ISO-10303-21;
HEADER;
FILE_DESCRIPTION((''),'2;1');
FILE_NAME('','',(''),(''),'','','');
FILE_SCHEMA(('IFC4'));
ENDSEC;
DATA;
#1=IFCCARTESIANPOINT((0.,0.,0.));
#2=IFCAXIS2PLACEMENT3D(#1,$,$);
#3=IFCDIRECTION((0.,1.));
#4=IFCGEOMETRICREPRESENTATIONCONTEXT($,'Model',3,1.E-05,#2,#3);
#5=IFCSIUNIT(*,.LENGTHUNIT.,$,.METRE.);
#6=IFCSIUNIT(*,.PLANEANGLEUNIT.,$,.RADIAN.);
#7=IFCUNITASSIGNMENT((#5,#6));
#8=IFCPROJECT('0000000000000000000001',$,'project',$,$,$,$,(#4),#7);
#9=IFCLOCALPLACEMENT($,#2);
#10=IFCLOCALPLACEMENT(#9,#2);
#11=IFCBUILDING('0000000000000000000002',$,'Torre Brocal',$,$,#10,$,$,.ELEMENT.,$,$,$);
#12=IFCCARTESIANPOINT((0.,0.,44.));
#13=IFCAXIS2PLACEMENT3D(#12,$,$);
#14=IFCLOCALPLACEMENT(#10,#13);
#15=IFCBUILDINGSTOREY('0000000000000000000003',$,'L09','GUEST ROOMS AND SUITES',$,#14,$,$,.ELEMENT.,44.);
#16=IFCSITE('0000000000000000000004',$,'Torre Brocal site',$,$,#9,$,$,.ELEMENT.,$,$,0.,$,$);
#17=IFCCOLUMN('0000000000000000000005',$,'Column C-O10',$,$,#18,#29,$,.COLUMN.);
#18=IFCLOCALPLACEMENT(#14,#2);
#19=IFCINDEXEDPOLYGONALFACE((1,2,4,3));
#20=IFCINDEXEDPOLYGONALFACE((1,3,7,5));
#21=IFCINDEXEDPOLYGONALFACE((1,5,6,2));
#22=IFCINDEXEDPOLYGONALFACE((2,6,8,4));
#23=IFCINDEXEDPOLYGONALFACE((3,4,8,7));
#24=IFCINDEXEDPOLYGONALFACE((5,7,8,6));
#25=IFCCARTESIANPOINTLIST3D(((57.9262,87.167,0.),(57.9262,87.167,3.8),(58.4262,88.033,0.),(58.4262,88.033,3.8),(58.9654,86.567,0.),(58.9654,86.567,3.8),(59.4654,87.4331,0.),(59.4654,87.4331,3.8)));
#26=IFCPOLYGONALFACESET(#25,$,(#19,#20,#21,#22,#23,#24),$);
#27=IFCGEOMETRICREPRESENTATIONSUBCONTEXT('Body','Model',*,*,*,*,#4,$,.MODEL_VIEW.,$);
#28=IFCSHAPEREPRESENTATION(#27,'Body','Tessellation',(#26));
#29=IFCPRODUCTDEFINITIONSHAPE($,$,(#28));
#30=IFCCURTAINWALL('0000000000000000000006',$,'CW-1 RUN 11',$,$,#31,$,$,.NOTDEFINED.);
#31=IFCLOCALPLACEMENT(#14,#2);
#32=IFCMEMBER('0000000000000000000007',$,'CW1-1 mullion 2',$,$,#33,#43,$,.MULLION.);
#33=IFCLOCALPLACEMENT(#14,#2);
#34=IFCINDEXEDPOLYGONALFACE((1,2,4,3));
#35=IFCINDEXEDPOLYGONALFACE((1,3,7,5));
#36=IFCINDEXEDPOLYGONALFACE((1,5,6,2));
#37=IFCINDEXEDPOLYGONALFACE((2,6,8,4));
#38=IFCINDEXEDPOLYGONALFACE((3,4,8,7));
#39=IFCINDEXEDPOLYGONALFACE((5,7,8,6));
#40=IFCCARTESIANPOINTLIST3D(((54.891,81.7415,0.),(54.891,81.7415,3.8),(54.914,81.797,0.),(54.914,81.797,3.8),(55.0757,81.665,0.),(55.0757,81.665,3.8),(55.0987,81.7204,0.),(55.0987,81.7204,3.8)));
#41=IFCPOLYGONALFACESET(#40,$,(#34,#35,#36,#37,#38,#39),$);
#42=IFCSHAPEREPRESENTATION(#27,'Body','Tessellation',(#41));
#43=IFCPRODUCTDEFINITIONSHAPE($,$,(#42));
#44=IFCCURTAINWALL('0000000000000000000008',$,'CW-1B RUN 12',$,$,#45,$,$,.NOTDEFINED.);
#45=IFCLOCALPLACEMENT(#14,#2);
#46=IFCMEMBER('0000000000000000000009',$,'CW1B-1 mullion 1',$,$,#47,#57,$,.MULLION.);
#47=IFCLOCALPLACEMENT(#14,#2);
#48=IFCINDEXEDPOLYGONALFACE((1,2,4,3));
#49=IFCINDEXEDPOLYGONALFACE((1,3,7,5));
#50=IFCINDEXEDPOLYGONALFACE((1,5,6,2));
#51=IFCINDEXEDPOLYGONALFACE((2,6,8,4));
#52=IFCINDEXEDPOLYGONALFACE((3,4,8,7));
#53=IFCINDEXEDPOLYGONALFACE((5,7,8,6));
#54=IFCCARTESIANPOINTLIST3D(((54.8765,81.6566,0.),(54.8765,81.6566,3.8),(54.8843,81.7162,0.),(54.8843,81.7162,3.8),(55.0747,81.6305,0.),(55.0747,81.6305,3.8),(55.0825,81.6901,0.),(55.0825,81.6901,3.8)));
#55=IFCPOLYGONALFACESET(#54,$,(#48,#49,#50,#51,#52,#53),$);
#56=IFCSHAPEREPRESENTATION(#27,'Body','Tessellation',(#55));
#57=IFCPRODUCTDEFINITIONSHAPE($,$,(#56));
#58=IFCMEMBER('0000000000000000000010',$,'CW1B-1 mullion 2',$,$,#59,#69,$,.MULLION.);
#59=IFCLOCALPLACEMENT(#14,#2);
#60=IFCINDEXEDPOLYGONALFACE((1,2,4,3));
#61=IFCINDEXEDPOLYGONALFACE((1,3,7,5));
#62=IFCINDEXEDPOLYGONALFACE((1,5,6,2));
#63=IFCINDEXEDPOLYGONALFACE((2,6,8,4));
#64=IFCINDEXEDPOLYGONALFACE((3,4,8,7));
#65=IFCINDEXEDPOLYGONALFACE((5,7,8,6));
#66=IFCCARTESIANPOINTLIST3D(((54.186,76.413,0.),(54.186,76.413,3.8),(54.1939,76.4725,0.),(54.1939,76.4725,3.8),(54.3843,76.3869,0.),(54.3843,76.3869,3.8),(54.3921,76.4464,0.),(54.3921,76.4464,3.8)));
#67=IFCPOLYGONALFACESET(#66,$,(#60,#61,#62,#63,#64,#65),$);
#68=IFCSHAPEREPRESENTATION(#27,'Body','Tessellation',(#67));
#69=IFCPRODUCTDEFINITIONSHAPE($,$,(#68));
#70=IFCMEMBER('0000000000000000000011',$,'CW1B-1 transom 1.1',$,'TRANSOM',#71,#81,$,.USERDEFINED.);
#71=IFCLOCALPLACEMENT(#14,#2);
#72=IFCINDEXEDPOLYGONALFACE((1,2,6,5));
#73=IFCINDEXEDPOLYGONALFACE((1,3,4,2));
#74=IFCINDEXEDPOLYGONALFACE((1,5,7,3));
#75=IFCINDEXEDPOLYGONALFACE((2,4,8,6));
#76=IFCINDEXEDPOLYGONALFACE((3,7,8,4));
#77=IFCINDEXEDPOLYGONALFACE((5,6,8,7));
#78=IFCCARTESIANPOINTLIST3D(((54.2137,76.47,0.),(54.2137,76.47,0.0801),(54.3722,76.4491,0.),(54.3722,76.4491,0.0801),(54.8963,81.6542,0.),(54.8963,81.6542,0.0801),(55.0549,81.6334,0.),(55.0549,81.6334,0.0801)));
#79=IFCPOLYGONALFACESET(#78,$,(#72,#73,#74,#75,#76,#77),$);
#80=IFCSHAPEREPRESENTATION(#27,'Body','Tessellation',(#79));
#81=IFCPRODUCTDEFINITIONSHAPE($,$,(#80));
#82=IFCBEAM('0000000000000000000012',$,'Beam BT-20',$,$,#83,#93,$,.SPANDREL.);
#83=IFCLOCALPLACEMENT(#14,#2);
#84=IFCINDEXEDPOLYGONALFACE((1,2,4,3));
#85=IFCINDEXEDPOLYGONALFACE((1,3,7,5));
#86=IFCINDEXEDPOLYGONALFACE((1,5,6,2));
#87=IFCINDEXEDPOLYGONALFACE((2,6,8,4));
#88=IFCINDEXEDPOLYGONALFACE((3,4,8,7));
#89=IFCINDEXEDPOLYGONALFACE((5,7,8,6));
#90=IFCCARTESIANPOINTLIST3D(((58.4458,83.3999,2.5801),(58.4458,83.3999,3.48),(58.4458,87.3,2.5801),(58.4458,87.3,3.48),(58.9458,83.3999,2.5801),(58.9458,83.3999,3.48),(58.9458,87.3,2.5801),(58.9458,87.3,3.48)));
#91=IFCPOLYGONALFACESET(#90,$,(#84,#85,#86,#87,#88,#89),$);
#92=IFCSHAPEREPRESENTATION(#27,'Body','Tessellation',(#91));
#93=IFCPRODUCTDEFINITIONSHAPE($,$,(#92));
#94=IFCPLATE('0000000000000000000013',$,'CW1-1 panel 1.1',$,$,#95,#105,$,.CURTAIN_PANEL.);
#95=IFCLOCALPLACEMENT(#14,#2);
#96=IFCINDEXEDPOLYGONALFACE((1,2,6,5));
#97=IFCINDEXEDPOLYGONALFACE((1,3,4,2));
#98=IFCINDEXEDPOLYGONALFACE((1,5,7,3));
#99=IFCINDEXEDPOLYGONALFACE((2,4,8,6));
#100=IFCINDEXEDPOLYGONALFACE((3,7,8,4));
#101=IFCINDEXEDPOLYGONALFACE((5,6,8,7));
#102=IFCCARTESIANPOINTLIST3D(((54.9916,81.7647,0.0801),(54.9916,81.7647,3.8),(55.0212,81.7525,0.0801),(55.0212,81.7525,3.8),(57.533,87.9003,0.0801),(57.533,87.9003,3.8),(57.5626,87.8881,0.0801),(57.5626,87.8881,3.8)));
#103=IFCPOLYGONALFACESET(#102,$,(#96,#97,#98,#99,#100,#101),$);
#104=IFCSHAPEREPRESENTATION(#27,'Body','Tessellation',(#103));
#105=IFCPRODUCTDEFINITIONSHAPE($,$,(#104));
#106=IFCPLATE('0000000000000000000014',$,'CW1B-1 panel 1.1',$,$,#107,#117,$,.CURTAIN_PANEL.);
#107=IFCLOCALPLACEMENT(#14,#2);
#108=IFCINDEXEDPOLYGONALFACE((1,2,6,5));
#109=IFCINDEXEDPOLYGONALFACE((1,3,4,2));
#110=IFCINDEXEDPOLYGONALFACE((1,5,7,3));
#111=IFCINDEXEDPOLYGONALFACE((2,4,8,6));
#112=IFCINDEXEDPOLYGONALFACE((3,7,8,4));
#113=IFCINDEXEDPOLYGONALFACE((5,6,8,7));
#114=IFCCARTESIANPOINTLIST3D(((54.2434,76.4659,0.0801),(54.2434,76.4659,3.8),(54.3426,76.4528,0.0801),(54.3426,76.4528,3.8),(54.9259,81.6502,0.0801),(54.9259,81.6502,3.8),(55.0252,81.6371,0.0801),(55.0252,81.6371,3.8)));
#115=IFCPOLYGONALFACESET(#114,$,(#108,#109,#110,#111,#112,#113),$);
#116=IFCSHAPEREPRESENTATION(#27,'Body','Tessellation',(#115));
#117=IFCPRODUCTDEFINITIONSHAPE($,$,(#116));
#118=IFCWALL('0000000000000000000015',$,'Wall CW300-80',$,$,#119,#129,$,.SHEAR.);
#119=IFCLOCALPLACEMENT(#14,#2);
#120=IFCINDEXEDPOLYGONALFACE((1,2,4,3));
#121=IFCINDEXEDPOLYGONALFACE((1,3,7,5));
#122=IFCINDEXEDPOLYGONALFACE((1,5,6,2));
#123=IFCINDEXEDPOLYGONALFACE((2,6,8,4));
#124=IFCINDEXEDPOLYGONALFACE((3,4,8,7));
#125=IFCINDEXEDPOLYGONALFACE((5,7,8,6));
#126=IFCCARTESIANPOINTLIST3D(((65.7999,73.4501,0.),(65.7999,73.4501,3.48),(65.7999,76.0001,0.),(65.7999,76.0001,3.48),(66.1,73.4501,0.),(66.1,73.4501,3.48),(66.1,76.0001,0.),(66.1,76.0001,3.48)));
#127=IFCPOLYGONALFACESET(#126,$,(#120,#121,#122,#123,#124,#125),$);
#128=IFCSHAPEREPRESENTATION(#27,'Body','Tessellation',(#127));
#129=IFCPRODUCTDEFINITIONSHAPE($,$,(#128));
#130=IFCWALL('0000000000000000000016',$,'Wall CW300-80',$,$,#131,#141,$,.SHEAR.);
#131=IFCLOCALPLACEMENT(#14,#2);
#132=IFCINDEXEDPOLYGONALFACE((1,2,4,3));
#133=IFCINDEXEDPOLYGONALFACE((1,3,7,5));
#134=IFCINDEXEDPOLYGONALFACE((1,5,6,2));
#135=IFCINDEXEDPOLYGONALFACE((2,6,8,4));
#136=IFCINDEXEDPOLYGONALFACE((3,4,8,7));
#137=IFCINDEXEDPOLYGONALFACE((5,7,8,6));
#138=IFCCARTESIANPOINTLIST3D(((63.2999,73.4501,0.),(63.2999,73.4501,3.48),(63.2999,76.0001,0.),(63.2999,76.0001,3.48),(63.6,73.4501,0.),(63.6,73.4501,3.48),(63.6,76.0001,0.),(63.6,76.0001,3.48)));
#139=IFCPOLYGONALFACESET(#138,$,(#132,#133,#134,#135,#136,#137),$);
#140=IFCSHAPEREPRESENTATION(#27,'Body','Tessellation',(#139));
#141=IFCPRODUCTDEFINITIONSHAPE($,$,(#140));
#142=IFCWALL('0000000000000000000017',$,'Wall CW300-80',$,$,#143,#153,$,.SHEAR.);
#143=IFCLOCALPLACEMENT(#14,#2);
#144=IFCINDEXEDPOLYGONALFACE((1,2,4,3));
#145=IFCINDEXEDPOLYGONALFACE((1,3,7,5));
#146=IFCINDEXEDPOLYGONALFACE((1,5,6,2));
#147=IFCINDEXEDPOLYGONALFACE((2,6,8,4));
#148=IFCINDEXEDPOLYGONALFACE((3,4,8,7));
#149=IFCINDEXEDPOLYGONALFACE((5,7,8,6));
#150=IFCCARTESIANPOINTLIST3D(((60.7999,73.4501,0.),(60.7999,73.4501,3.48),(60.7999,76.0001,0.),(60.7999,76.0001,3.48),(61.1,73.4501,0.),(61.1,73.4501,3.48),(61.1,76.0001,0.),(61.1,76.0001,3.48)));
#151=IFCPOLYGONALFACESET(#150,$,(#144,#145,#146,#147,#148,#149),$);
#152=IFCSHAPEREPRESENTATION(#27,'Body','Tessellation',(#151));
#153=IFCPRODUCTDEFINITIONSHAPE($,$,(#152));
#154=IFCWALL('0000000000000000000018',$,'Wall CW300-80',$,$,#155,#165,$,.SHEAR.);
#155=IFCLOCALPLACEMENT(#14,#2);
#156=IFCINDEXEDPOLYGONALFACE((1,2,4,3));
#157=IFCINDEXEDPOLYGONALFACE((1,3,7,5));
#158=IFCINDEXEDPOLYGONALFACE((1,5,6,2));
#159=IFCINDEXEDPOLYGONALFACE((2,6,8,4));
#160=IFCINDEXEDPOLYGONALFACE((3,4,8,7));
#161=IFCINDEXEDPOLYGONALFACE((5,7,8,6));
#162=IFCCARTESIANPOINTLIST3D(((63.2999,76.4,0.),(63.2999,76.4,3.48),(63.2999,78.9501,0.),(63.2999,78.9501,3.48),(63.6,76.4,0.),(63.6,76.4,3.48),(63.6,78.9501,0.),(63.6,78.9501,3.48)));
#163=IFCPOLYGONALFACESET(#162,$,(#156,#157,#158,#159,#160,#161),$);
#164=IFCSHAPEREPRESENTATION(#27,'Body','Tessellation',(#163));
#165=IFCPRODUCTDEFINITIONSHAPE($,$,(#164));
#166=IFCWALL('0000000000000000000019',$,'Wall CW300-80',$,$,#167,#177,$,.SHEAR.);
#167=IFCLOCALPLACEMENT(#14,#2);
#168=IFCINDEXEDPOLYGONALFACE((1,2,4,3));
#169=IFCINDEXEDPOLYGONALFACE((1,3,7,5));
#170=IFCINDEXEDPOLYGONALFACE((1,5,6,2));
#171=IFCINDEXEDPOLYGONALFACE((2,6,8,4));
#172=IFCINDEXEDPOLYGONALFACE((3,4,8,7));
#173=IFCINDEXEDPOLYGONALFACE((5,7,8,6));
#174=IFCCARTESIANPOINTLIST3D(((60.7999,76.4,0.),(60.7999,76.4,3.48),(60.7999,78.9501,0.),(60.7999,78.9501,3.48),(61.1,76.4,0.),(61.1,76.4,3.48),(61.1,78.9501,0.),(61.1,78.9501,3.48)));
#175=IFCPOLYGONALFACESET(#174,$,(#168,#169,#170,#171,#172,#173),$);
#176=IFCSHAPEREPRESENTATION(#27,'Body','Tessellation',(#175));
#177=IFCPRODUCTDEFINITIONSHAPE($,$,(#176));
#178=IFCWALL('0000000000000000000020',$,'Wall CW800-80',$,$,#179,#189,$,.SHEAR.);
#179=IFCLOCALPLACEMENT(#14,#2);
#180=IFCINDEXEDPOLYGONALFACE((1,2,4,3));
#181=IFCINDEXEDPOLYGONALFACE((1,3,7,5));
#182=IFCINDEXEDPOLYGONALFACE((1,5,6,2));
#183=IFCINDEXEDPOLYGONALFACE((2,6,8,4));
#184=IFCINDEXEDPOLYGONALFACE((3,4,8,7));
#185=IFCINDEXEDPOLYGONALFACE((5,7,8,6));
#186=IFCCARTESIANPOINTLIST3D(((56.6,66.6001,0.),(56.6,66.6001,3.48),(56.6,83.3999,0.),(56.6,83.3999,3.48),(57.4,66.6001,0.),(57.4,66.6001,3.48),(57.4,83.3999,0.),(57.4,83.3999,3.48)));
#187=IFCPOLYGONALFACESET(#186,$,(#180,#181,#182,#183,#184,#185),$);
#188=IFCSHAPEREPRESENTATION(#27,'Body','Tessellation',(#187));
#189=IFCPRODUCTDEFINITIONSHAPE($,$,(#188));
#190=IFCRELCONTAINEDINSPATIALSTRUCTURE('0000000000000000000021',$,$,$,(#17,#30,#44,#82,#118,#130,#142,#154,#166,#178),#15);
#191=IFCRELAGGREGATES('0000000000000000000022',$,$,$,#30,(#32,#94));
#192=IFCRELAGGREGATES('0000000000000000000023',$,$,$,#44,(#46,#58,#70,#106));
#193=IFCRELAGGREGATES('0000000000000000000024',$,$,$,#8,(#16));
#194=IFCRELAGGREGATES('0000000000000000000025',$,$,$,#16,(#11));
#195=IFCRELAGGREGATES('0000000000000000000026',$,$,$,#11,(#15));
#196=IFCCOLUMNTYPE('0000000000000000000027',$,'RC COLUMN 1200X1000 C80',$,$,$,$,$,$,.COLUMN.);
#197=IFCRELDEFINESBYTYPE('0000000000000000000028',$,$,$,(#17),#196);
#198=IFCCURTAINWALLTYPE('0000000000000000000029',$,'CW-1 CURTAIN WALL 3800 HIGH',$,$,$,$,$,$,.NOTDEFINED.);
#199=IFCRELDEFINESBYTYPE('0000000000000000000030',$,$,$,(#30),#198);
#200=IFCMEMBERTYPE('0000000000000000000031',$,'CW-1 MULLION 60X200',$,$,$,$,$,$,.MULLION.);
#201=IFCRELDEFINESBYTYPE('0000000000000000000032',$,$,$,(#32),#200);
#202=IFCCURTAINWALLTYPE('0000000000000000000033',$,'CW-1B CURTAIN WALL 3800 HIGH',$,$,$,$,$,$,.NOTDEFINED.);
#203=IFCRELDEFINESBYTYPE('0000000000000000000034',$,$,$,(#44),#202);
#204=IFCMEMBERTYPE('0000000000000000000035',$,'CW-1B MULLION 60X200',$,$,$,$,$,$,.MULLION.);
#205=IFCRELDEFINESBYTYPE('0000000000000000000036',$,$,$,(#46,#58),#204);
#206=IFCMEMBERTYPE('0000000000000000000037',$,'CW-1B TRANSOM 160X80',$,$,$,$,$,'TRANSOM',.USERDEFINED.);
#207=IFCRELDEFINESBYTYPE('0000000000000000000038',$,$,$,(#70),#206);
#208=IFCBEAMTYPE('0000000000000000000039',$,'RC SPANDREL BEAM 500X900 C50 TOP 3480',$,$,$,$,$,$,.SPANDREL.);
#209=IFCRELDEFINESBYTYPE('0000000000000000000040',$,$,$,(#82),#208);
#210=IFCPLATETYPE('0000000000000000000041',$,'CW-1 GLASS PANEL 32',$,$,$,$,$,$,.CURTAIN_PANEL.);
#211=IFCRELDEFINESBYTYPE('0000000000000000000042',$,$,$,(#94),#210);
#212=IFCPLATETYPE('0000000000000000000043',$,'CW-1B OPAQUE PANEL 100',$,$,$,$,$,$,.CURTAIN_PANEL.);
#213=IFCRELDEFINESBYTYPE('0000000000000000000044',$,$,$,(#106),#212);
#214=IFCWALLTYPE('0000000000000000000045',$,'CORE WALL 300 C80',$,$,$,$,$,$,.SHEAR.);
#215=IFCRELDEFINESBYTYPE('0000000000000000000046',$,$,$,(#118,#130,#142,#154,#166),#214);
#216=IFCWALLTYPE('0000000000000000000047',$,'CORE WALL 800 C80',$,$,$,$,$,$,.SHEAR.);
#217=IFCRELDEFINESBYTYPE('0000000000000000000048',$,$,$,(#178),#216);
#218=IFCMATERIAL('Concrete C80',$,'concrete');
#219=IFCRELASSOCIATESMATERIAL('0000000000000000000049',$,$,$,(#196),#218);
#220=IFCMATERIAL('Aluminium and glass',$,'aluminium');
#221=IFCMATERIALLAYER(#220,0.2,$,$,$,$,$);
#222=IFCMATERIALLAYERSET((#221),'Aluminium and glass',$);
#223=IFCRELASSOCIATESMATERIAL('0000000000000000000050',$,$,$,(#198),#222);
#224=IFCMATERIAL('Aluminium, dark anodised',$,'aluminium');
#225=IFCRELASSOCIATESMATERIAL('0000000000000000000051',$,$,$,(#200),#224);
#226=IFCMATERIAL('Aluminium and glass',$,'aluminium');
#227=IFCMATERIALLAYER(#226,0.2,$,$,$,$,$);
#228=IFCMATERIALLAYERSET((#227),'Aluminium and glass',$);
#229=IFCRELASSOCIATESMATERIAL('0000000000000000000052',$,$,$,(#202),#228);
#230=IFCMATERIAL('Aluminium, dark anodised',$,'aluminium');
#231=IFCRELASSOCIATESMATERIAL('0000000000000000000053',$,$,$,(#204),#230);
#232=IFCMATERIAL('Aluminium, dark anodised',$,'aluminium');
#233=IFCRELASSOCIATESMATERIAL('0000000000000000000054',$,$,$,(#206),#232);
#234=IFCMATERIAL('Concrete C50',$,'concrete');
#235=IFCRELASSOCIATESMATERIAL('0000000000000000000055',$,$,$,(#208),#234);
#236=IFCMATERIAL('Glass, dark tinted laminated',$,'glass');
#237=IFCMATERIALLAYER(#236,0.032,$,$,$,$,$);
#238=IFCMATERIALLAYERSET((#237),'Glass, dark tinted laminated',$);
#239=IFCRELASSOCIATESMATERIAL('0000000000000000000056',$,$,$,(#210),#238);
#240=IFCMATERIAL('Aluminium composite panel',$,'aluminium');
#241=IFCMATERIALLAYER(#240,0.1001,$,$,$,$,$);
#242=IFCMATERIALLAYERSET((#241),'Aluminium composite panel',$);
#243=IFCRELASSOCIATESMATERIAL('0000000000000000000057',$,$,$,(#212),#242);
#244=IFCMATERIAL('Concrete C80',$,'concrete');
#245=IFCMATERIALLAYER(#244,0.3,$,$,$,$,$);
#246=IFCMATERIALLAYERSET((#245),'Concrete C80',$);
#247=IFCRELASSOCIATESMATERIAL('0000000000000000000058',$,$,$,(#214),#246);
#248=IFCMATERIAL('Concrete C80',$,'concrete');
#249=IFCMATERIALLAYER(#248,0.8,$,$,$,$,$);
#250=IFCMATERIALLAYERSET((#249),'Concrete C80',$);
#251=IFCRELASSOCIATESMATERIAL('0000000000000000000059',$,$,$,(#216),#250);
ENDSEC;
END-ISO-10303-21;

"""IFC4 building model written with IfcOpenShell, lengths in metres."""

from ifc_helpers import new_model, si_unit, direction, frame, frame_2d, origin, origin_2d, place, context, subcontext, project, spatial, rectangle, extrude, material, layer, layer_set, material_profile, profile_set, type_object, element, aggregate, save


model = new_model("IFC4")

# Units and contexts
model_context = context("Model", 3, precision=1e-05, world=origin(), true_north=direction((0.0, 1.0)))
body_context = subcontext(model_context, "Body", "Model", "MODEL_VIEW")
ifc_project = project(units=[si_unit("LENGTHUNIT", "METRE"), si_unit("PLANEANGLEUNIT", "RADIAN")], contexts=[model_context])

# Site, building, storey
site_placement = place(None, origin())
site = spatial("IfcSite", under=ifc_project, at=site_placement, Name="Torre Brocal site", CompositionType="ELEMENT", RefElevation=0.0)
building_placement = place(site_placement, origin())
building = spatial("IfcBuilding", under=site, at=building_placement, Name="Torre Brocal", CompositionType="ELEMENT")
storey_placement = place(building_placement, frame((0.0, 0.0, 44.0)))
storey = spatial("IfcBuildingStorey", under=building, at=storey_placement, Name="L09", Description="GUEST ROOMS AND SUITES", CompositionType="ELEMENT", Elevation=44.0)

# Column
ifc_material_1 = material(Name="Concrete C80", Category="concrete")
ifc_material_profile_1 = material_profile(ifc_material_1, rectangle(XDim=1.2, YDim=1.0, at=origin_2d()), Name="RC 1200X1000")
ifc_profile_set_1 = profile_set([ifc_material_profile_1], Name="Concrete C80")
column_type = type_object("IfcColumnType", Name="RC COLUMN 1200X1000 C80", PredefinedType="COLUMN", material=ifc_profile_set_1)
column_placement = place(storey_placement, frame((58.6958, 87.3, 0.0), z_axis=(0.0, 0.0, 1.0), x_axis=(-0.866025, 0.5, 0.0)))
element("IfcColumn", 1, at=column_placement, inside=storey, type_object=column_type, Name="Column C-O10", PredefinedType="COLUMN", context=body_context, shape_type="SweptSolid", body=[
    extrude(rectangle(XDim=1.2, YDim=1.0, at=origin_2d()), origin(), (0.0, 0.0, 1.0), 3.8),
])

# Curtain wall, member
ifc_material_2 = material(Name="Aluminium and glass", Category="aluminium")
ifc_layer_1 = layer(ifc_material_2, 0.2)
ifc_layer_set_1 = layer_set([ifc_layer_1], Name="Aluminium and glass")
curtain_wall_type_1 = type_object("IfcCurtainWallType", Name="CW-1 CURTAIN WALL 3800 HIGH", PredefinedType="NOTDEFINED", material=ifc_layer_set_1)
curtain_wall_1_placement = place(storey_placement, origin())
curtain_wall_1 = element("IfcCurtainWall", 2, at=curtain_wall_1_placement, inside=storey, type_object=curtain_wall_type_1, Name="CW-1 RUN 11", PredefinedType="NOTDEFINED")
ifc_material_3 = material(Name="Aluminium, dark anodised", Category="aluminium")
ifc_material_profile_2 = material_profile(ifc_material_3, rectangle(XDim=0.2, YDim=0.0601, at=origin_2d()), Name="CW-1 MULLION 60X200")
ifc_profile_set_2 = profile_set([ifc_material_profile_2], Name="Aluminium, dark anodised")
member_type_1 = type_object("IfcMemberType", Name="CW-1 MULLION 60X200", PredefinedType="MULLION", material=ifc_profile_set_2)
member_1_placement = place(storey_placement, frame((54.9949, 81.731, 0.0), z_axis=(0.0, 0.0, 1.0), x_axis=(0.92388, -0.382683, 0.0)))
member_1 = element("IfcMember", 3, at=member_1_placement, type_object=member_type_1, Name="CW1-1 mullion 2", PredefinedType="MULLION", context=body_context, shape_type="SweptSolid", body=[
    extrude(rectangle(XDim=0.2, YDim=0.0601, at=origin_2d()), origin(), (0.0, 0.0, 1.0), 3.8),
])

# Curtain wall, members
ifc_material_4 = material(Name="Aluminium and glass", Category="aluminium")
ifc_layer_2 = layer(ifc_material_4, 0.2)
ifc_layer_set_2 = layer_set([ifc_layer_2], Name="Aluminium and glass")
curtain_wall_type_2 = type_object("IfcCurtainWallType", Name="CW-1B CURTAIN WALL 3800 HIGH", PredefinedType="NOTDEFINED", material=ifc_layer_set_2)
curtain_wall_2_placement = place(storey_placement, origin())
curtain_wall_2 = element("IfcCurtainWall", 4, at=curtain_wall_2_placement, inside=storey, type_object=curtain_wall_type_2, Name="CW-1B RUN 12", PredefinedType="NOTDEFINED")
ifc_material_5 = material(Name="Aluminium, dark anodised", Category="aluminium")
ifc_material_profile_3 = material_profile(ifc_material_5, rectangle(XDim=0.2, YDim=0.0601, at=origin_2d()), Name="CW-1B MULLION 60X200")
ifc_profile_set_3 = profile_set([ifc_material_profile_3], Name="Aluminium, dark anodised")
member_type_2 = type_object("IfcMemberType", Name="CW-1B MULLION 60X200", PredefinedType="MULLION", material=ifc_profile_set_3)
member_2_placement = place(storey_placement, frame((54.9795, 81.6733, 0.0), z_axis=(0.0, 0.0, 1.0), x_axis=(0.991445, -0.130526, 0.0)))
member_2 = element("IfcMember", 5, at=member_2_placement, type_object=member_type_2, Name="CW1B-1 mullion 1", PredefinedType="MULLION", context=body_context, shape_type="SweptSolid", body=[
    extrude(rectangle(XDim=0.2, YDim=0.0601, at=origin_2d()), origin(), (0.0, 0.0, 1.0), 3.8),
])
member_3_placement = place(storey_placement, frame((54.2891, 76.4297, 0.0), z_axis=(0.0, 0.0, 1.0), x_axis=(0.991445, -0.130526, 0.0)))
member_3 = element("IfcMember", 6, at=member_3_placement, type_object=member_type_2, Name="CW1B-1 mullion 2", PredefinedType="MULLION", context=body_context, shape_type="SweptSolid", body=[
    extrude(rectangle(XDim=0.2, YDim=0.0601, at=origin_2d()), origin(), (0.0, 0.0, 1.0), 3.8),
])
ifc_material_6 = material(Name="Aluminium, dark anodised", Category="aluminium")
ifc_material_profile_4 = material_profile(ifc_material_6, rectangle(XDim=0.1599, YDim=0.0801, at=origin_2d()), Name="CW-1B TRANSOM 160X80")
ifc_profile_set_4 = profile_set([ifc_material_profile_4], Name="Aluminium, dark anodised")
member_type_3 = type_object("IfcMemberType", Name="CW-1B TRANSOM 160X80", ElementType="TRANSOM", PredefinedType="USERDEFINED", material=ifc_profile_set_4)
member_4_placement = place(storey_placement, frame((54.9756, 81.6438, 0.04), z_axis=(-0.130543, -0.991443, 0.0), x_axis=(0.991443, -0.130543, 0.0)))
member_4 = element("IfcMember", 7, at=member_4_placement, type_object=member_type_3, Name="CW1B-1 transom 1.1", ObjectType="TRANSOM", PredefinedType="USERDEFINED", context=body_context, shape_type="SweptSolid", body=[
    extrude(rectangle(XDim=0.1599, YDim=0.0801, at=origin_2d()), origin(), (0.0, 0.0, 1.0), 5.229),
])

# Beam
ifc_material_7 = material(Name="Concrete C50", Category="concrete")
ifc_material_profile_5 = material_profile(ifc_material_7, rectangle(XDim=0.5, YDim=0.8999, at=origin_2d()), Name="RC 500X900")
ifc_profile_set_5 = profile_set([ifc_material_profile_5], Name="Concrete C50")
beam_type = type_object("IfcBeamType", Name="RC SPANDREL BEAM 500X900 C50 TOP 3480", PredefinedType="SPANDREL", material=ifc_profile_set_5)
beam_placement = place(storey_placement, frame((58.6958, 87.3, 3.03), z_axis=(0.0, -1.0, 0.0), x_axis=(1.0, 0.0, 0.0)))
element("IfcBeam", 8, at=beam_placement, inside=storey, type_object=beam_type, Name="Beam BT-20", PredefinedType="SPANDREL", context=body_context, shape_type="SweptSolid", body=[
    extrude(rectangle(XDim=0.5, YDim=0.8999, at=origin_2d()), origin(), (0.0, 0.0, 1.0), 3.9001),
])

# Plates
ifc_material_8 = material(Name="Glass, dark tinted laminated", Category="glass")
ifc_layer_3 = layer(ifc_material_8, 0.032)
ifc_layer_set_3 = layer_set([ifc_layer_3], Name="Glass, dark tinted laminated")
plate_type_1 = type_object("IfcPlateType", Name="CW-1 GLASS PANEL 32", PredefinedType="CURTAIN_PANEL", material=ifc_layer_set_3)
plate_1_placement = place(storey_placement, frame((56.2771, 84.8264, 0.0801), z_axis=(0.0, 0.0, 1.0), x_axis=(-0.382683, -0.92388, 0.0)))
plate_1 = element("IfcPlate", 9, at=plate_1_placement, type_object=plate_type_1, Name="CW1-1 panel 1.1", PredefinedType="CURTAIN_PANEL", context=body_context, shape_type="SweptSolid", body=[
    extrude(rectangle(XDim=6.6411, YDim=0.032, at=origin_2d()), origin(), (0.0, 0.0, 1.0), 3.72),
])
aggregate(curtain_wall_1, [member_1, plate_1])
ifc_material_9 = material(Name="Aluminium composite panel", Category="aluminium")
ifc_layer_4 = layer(ifc_material_9, 0.1001)
ifc_layer_set_4 = layer_set([ifc_layer_4], Name="Aluminium composite panel")
plate_type_2 = type_object("IfcPlateType", Name="CW-1B OPAQUE PANEL 100", PredefinedType="CURTAIN_PANEL", material=ifc_layer_set_4)
plate_2_placement = place(storey_placement, frame((54.6343, 79.0515, 0.0801), z_axis=(0.0, 0.0, 1.0), x_axis=(-0.130526, -0.991445, 0.0)))
plate_2 = element("IfcPlate", 10, at=plate_2_placement, type_object=plate_type_2, Name="CW1B-1 panel 1.1", PredefinedType="CURTAIN_PANEL", context=body_context, shape_type="SweptSolid", body=[
    extrude(rectangle(XDim=5.229, YDim=0.1001, at=origin_2d()), origin(), (0.0, 0.0, 1.0), 3.72),
])
aggregate(curtain_wall_2, [member_2, member_3, member_4, plate_2])

# Walls
ifc_material_10 = material(Name="Concrete C80", Category="concrete")
ifc_layer_5 = layer(ifc_material_10, 0.3)
ifc_layer_set_5 = layer_set([ifc_layer_5], Name="Concrete C80")
wall_type_1 = type_object("IfcWallType", Name="CORE WALL 300 C80", PredefinedType="SHEAR", material=ifc_layer_set_5)
for number, where, z_axis, x_axis, name in (
    (11, (65.95, 76.0, 0.0), (0.0, 0.0, 1.0), (0.0, -1.0, 0.0), "Wall CW300-80"),
    (12, (63.45, 76.0, 0.0), (0.0, 0.0, 1.0), (0.0, -1.0, 0.0), "Wall CW300-80"),
    (13, (60.95, 76.0, 0.0), (0.0, 0.0, 1.0), (0.0, -1.0, 0.0), "Wall CW300-80"),
    (14, (63.45, 78.95, 0.0), (0.0, 0.0, 1.0), (0.0, -1.0, 0.0), "Wall CW300-80"),
    (15, (60.95, 78.95, 0.0), (0.0, 0.0, 1.0), (0.0, -1.0, 0.0), "Wall CW300-80"),
):
    element("IfcWall", number, at=place(storey_placement, frame(where, z_axis=z_axis, x_axis=x_axis)), inside=storey, type_object=wall_type_1, Name=name, PredefinedType="SHEAR", context=body_context, shape_type="SweptSolid", body=[
        extrude(rectangle(XDim=2.55, YDim=0.3, at=frame_2d((1.2749, 0.0))), origin(), (0.0, 0.0, 1.0), 3.48),
    ])
ifc_material_11 = material(Name="Concrete C80", Category="concrete")
ifc_layer_6 = layer(ifc_material_11, 0.8)
ifc_layer_set_6 = layer_set([ifc_layer_6], Name="Concrete C80")
wall_type_2 = type_object("IfcWallType", Name="CORE WALL 800 C80", PredefinedType="SHEAR", material=ifc_layer_set_6)
wall_1_placement = place(storey_placement, frame((57.0, 83.3999, 0.0), z_axis=(0.0, 0.0, 1.0), x_axis=(0.0, -1.0, 0.0)))
element("IfcWall", 16, at=wall_1_placement, inside=storey, type_object=wall_type_2, Name="Wall CW800-80", PredefinedType="SHEAR", context=body_context, shape_type="SweptSolid", body=[
    extrude(rectangle(XDim=16.7998, YDim=0.8, at=frame_2d((8.3999, 0.0))), origin(), (0.0, 0.0, 1.0), 3.48),
])

save(model, "model.ifc")
